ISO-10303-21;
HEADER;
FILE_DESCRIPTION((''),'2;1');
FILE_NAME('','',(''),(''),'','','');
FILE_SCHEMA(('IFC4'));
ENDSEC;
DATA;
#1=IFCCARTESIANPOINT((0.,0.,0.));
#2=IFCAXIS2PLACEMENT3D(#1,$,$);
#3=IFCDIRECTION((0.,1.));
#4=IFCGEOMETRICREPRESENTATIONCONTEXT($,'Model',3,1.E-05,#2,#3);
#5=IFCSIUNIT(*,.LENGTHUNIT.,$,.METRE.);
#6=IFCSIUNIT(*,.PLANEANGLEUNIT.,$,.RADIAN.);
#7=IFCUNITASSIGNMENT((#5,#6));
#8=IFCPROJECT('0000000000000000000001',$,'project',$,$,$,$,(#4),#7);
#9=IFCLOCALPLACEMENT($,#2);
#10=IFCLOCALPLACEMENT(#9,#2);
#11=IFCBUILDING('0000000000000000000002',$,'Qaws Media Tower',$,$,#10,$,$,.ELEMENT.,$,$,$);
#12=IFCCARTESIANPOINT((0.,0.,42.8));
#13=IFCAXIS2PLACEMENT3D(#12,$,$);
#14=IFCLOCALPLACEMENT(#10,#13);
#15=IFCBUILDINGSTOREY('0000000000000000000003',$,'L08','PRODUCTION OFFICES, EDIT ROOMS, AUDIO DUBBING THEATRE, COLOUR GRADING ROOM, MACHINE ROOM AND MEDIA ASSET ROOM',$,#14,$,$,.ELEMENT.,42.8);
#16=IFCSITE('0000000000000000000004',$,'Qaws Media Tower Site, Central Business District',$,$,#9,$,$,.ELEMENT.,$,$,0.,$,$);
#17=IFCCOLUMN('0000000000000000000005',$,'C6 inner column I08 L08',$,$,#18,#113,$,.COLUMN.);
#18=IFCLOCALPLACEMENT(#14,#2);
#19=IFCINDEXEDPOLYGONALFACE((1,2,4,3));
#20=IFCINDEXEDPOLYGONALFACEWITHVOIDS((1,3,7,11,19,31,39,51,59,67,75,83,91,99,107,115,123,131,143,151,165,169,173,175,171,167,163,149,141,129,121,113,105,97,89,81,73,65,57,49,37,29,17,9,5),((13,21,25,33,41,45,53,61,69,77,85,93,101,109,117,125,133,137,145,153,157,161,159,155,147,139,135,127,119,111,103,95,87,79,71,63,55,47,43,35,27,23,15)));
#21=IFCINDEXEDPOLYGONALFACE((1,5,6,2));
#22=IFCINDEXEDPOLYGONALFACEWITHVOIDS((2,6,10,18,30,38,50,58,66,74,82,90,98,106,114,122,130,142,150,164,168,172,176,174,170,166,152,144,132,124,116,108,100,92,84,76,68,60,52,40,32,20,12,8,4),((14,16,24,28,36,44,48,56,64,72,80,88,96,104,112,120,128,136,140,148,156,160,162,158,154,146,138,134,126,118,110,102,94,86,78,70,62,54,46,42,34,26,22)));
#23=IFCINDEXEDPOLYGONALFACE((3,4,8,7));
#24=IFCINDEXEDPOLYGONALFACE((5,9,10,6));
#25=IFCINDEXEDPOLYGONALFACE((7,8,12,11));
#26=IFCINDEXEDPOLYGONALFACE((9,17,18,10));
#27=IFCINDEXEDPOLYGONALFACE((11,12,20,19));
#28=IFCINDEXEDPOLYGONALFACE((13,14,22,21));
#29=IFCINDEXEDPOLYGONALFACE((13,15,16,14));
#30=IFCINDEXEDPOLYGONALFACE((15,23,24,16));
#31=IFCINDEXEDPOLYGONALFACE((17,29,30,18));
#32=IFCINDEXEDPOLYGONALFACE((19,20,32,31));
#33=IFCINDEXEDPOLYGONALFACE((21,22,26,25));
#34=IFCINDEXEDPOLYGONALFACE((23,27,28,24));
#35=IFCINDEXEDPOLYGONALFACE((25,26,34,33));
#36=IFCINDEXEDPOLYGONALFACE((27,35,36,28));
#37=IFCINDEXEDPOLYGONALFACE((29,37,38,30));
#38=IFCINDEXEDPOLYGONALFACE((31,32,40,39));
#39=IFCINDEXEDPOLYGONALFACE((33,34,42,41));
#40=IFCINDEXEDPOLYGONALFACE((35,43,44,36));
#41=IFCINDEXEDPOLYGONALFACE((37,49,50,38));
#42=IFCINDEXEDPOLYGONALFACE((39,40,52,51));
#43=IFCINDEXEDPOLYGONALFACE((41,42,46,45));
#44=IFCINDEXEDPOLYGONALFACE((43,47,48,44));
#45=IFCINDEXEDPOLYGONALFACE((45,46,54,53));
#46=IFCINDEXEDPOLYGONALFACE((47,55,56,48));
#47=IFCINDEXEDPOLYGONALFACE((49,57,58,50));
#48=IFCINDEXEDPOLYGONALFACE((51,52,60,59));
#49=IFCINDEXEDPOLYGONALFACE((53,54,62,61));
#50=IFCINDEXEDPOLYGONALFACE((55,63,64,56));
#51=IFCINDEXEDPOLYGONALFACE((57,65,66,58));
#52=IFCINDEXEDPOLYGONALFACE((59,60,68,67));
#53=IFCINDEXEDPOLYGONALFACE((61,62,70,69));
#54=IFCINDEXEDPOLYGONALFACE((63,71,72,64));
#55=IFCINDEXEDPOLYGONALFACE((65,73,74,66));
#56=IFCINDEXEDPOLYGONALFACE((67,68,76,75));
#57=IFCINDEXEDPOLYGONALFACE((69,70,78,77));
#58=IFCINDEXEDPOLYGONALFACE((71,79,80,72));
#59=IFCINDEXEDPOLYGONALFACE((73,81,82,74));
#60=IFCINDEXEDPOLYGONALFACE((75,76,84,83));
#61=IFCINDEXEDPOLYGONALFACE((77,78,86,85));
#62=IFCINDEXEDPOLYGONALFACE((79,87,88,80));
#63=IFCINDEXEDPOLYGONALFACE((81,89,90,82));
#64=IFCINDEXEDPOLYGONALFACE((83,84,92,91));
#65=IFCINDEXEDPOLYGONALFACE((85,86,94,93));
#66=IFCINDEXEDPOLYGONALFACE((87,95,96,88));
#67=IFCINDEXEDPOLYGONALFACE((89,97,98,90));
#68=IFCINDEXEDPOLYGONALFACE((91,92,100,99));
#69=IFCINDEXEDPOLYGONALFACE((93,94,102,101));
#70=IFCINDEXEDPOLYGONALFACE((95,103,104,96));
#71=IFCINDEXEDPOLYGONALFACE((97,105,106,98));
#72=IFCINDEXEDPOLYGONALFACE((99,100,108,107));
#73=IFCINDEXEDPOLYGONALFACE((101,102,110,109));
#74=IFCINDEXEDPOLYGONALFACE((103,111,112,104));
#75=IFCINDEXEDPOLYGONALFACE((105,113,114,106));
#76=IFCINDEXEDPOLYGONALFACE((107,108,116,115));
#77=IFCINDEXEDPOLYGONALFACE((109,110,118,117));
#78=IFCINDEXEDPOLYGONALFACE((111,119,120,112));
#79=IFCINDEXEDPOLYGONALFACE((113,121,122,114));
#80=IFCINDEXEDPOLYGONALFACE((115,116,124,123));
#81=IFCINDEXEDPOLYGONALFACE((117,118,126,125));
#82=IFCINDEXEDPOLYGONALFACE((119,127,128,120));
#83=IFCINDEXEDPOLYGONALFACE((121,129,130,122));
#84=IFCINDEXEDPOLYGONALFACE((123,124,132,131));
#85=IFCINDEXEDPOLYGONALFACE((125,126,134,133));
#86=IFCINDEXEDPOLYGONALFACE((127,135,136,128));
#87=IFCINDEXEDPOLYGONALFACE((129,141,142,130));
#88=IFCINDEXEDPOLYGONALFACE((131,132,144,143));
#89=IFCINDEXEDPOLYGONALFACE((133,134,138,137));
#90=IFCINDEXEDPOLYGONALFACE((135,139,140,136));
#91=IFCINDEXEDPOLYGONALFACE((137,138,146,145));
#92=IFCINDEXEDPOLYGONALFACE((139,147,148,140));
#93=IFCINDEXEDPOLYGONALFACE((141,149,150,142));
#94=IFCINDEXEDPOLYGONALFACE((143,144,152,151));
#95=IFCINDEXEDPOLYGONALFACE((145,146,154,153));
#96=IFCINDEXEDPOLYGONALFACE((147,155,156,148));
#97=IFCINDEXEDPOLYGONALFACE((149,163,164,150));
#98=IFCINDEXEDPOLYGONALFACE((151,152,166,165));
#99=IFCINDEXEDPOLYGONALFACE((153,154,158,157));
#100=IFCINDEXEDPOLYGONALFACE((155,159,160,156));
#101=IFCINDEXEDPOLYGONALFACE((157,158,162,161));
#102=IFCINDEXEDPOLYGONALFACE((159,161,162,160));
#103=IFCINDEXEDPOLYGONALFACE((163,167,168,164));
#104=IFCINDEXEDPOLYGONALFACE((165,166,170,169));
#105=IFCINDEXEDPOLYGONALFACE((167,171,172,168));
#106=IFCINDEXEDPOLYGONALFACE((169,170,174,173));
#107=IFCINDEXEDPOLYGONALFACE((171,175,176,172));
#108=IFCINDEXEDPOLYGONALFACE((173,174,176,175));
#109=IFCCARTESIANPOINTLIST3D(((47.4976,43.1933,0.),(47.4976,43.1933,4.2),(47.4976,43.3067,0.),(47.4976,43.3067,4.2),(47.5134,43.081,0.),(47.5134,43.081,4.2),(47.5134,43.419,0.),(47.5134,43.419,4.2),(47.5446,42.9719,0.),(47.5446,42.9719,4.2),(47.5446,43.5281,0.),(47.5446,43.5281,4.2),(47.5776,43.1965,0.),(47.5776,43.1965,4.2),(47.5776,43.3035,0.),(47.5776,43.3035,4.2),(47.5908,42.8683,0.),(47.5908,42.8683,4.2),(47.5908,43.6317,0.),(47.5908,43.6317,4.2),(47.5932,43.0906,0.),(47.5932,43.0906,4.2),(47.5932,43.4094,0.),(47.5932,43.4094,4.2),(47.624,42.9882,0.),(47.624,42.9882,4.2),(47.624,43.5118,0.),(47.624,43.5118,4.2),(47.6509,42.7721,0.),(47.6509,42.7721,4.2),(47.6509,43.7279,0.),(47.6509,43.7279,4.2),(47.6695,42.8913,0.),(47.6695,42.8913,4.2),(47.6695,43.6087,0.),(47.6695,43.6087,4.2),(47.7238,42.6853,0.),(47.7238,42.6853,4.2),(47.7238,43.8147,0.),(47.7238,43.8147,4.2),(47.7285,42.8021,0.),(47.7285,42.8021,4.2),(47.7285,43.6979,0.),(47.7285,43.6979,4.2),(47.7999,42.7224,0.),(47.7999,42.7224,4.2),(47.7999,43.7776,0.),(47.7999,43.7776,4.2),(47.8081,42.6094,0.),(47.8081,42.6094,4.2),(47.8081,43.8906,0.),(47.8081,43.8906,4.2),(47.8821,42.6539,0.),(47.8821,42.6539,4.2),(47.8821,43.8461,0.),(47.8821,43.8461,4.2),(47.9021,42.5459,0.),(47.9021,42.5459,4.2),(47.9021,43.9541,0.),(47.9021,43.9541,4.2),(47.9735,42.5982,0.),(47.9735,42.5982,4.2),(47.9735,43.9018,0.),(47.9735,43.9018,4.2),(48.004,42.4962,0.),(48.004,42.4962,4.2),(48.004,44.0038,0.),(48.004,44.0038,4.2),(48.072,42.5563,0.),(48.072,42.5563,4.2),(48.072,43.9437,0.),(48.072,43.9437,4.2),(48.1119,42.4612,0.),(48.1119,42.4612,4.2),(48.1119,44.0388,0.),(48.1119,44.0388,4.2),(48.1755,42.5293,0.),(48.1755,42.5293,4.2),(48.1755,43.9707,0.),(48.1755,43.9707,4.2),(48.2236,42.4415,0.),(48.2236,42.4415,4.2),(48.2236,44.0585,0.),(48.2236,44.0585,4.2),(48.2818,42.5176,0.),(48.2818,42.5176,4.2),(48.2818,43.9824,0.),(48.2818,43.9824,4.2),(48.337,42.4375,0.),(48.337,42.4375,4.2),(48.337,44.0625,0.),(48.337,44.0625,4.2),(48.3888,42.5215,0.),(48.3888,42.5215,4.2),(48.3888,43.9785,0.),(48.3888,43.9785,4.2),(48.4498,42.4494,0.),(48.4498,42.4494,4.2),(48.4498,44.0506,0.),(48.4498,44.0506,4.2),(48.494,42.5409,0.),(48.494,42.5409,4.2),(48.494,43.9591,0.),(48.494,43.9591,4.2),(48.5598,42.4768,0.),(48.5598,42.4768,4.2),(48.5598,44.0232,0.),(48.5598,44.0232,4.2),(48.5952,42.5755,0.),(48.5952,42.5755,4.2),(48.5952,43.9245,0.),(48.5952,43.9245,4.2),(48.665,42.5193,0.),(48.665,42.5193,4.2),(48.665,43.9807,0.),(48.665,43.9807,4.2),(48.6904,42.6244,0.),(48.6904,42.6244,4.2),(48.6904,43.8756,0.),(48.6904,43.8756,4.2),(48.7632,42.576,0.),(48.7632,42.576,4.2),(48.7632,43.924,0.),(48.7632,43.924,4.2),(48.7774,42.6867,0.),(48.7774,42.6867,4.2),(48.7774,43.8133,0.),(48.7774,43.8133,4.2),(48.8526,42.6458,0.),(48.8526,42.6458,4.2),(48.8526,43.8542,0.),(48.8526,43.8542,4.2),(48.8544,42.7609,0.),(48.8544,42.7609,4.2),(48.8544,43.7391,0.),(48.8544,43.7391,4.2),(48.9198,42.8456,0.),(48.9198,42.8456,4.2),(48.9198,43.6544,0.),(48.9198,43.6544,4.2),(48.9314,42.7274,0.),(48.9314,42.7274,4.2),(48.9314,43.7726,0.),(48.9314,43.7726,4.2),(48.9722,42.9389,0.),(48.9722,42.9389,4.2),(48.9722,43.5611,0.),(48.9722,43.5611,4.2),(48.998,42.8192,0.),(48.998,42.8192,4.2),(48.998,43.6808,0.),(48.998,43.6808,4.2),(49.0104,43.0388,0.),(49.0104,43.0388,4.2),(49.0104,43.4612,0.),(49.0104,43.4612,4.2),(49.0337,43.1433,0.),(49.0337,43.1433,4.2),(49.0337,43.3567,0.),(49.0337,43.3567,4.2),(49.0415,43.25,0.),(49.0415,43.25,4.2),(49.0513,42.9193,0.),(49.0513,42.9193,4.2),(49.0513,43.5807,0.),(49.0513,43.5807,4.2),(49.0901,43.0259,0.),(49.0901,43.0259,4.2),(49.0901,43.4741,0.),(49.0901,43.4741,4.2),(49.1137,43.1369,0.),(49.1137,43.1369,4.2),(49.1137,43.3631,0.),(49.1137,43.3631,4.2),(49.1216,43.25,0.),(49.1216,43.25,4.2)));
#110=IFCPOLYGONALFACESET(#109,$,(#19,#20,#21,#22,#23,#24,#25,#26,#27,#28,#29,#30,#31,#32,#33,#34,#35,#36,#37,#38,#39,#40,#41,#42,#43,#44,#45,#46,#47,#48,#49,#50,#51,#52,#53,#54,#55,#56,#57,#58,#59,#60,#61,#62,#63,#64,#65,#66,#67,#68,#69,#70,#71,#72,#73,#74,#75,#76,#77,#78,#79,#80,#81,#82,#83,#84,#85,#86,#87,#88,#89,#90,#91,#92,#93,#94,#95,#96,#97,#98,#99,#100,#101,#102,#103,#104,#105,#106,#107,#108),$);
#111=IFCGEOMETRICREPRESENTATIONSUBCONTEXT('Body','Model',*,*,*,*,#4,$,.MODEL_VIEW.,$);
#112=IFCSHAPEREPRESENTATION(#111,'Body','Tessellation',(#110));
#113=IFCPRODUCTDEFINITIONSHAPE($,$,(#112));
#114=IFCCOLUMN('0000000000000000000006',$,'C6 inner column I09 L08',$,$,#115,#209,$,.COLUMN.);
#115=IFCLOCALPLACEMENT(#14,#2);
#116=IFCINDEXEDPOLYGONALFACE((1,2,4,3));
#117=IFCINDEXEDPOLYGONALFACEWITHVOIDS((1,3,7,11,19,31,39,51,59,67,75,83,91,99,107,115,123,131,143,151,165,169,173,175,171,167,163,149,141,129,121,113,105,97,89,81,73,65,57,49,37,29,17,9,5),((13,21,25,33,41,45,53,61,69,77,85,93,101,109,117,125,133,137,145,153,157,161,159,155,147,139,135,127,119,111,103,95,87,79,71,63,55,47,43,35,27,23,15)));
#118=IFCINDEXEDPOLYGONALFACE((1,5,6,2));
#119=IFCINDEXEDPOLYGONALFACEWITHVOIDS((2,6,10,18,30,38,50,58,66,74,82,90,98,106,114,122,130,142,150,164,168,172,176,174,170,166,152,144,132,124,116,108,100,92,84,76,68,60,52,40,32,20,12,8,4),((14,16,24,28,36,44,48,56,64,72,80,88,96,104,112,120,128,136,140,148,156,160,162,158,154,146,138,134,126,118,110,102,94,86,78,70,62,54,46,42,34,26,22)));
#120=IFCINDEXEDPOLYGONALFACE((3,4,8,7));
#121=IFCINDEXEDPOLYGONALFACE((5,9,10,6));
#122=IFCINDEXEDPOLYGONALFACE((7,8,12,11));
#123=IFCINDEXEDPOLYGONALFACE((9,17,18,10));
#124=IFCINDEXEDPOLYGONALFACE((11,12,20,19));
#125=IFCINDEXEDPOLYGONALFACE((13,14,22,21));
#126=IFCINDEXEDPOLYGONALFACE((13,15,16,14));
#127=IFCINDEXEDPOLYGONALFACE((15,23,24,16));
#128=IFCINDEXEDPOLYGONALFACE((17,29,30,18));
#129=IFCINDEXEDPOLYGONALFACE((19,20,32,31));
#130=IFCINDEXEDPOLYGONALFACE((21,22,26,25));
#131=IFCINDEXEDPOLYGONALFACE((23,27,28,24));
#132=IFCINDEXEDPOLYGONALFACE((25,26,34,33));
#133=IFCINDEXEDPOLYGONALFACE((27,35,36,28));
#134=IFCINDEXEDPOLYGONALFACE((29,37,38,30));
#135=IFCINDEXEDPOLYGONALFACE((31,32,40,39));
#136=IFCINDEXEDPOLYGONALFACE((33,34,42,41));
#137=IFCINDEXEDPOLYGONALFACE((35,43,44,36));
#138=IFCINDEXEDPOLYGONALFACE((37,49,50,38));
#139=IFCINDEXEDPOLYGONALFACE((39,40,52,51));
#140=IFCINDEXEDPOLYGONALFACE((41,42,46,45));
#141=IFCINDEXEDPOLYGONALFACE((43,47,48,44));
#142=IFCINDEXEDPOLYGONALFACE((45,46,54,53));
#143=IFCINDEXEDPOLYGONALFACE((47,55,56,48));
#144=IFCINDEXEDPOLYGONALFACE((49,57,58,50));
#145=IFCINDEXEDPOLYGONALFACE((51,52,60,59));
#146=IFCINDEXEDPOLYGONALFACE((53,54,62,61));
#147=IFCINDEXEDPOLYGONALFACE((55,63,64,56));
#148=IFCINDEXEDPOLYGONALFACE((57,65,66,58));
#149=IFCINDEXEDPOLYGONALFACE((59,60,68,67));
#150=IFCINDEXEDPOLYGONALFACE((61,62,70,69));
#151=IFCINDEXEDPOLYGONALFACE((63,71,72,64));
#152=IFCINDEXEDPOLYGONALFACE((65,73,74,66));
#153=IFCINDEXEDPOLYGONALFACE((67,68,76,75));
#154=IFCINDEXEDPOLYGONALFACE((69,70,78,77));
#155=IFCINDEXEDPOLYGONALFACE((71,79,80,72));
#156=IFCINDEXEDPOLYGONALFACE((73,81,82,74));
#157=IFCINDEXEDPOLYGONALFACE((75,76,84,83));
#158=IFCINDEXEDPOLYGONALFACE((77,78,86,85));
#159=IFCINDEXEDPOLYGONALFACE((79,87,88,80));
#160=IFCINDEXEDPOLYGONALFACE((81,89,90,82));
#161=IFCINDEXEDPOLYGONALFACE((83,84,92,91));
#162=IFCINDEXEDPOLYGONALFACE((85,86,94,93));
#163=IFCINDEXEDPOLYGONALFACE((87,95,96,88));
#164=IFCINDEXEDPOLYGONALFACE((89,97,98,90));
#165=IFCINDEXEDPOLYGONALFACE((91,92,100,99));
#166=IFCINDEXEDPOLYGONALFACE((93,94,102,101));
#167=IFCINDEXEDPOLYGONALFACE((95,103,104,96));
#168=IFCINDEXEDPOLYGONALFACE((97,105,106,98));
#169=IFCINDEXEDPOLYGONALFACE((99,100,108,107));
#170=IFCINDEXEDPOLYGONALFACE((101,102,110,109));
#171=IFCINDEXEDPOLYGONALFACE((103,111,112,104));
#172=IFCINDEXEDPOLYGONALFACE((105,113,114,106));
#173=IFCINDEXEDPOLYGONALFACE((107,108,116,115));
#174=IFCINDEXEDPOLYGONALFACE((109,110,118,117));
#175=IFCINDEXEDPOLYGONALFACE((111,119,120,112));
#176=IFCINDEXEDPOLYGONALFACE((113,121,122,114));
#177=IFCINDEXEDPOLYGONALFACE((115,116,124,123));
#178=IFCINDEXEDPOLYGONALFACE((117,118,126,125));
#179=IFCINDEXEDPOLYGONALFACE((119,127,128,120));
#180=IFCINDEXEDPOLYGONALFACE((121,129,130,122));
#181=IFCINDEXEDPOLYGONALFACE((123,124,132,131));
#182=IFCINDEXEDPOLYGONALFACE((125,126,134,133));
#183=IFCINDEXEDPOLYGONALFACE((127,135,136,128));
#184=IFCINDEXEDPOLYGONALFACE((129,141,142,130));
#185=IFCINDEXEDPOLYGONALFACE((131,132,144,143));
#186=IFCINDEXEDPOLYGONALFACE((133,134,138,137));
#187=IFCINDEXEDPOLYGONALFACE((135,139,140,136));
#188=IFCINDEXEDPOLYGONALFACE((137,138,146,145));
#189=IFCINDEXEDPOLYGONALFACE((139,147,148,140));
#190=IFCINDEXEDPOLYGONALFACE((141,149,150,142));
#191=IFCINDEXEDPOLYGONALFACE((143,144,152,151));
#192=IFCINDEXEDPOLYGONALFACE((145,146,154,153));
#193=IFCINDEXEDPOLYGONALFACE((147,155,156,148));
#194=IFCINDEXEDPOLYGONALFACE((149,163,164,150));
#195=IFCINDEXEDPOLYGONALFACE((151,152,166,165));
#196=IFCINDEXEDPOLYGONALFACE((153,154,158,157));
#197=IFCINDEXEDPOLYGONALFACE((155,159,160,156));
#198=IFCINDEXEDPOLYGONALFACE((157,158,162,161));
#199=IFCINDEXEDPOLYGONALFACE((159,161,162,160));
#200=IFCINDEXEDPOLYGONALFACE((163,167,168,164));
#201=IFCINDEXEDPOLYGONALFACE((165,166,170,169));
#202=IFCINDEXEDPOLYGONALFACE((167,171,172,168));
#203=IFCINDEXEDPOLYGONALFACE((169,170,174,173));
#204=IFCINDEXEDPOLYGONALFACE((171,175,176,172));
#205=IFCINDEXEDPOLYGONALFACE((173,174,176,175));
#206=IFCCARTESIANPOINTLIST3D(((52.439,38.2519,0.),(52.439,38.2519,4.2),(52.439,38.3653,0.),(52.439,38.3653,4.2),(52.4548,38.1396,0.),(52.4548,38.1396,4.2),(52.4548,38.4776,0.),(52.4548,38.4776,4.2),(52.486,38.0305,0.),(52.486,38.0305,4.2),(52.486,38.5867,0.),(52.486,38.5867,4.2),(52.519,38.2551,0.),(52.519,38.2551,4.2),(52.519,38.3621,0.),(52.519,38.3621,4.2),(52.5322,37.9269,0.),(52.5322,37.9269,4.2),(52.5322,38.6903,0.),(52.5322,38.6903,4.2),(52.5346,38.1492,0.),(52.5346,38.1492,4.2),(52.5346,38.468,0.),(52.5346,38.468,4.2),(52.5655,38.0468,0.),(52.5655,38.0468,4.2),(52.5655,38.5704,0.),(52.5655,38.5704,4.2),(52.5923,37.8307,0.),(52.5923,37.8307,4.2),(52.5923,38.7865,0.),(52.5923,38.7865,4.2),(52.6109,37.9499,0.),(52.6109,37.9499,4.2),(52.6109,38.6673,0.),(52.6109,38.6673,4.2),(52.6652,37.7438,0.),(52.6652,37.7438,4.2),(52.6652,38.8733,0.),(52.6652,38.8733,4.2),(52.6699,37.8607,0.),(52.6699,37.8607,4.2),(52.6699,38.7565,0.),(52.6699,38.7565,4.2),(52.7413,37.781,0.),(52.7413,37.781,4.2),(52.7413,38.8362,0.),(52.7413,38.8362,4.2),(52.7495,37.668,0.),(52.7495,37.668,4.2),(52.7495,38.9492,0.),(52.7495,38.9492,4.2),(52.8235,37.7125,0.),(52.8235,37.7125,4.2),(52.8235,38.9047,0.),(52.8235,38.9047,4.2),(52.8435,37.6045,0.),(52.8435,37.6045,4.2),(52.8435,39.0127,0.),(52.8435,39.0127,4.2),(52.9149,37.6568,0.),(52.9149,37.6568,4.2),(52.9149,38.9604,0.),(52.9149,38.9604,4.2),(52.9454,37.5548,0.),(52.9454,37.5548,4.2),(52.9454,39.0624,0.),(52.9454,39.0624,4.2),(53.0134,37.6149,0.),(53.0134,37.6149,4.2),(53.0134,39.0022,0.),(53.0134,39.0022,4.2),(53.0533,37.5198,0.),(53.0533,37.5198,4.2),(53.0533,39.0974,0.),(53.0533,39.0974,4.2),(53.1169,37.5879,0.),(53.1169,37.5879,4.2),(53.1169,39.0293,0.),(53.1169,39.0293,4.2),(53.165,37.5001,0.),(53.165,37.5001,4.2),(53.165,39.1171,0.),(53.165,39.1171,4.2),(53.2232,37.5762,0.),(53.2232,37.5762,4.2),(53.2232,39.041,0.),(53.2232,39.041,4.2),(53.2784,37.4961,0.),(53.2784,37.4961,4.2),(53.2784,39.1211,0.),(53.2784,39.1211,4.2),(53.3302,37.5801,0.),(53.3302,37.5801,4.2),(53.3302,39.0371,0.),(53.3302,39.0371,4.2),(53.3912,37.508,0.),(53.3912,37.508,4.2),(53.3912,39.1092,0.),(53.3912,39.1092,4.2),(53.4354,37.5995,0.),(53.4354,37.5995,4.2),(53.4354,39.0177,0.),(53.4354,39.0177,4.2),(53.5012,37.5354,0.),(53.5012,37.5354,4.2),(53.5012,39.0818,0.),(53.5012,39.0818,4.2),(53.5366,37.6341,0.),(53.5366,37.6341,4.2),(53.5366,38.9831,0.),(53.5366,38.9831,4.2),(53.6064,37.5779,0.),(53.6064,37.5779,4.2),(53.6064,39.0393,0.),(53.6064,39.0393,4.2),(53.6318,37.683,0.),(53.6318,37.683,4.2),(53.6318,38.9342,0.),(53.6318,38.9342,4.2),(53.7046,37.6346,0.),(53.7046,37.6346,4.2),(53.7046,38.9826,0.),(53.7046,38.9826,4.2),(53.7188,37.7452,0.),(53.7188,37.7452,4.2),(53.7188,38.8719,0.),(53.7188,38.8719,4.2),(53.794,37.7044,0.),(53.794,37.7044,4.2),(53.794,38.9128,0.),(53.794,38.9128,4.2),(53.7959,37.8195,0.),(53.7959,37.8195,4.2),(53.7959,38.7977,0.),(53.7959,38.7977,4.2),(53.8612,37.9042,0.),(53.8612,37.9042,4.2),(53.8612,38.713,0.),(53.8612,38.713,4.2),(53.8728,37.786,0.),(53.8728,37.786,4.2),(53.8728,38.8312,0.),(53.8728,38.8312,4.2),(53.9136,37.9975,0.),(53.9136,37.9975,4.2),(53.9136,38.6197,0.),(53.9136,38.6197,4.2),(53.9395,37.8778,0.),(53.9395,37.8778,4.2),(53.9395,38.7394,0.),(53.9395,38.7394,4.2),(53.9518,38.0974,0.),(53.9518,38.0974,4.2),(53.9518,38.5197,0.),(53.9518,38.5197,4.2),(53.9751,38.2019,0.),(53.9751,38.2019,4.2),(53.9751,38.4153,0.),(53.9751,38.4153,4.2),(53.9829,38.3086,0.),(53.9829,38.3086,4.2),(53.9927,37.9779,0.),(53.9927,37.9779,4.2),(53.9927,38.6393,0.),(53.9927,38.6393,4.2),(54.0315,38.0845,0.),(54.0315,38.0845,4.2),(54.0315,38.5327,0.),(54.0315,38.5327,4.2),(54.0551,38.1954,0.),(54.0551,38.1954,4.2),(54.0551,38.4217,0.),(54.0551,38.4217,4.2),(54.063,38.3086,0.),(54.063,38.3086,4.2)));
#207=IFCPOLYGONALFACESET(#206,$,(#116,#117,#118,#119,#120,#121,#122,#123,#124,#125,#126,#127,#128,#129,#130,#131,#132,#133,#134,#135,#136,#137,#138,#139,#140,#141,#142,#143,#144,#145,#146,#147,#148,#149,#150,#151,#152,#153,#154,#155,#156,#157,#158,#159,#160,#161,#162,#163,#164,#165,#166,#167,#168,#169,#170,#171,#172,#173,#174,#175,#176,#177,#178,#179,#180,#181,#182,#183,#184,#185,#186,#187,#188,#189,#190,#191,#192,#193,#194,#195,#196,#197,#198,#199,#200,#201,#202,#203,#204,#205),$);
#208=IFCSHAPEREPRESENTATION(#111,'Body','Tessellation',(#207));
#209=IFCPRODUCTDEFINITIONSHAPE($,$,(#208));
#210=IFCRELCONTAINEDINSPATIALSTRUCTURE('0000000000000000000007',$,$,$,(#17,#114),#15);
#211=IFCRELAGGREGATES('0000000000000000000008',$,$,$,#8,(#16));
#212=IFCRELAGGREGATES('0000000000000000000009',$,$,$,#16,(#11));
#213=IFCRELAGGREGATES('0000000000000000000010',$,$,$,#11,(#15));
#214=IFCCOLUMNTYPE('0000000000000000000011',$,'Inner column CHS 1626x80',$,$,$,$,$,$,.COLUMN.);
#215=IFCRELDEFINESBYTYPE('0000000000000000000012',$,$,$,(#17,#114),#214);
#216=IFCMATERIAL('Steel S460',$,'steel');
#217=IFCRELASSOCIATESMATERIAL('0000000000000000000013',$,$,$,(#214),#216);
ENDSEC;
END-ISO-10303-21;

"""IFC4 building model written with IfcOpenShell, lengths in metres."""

from ifc_helpers import new_model, si_unit, direction, frame, origin, origin_2d, place, context, subcontext, project, spatial, hollow_circle, extrude, material, material_profile, profile_set, type_object, element, save


model = new_model("IFC4")

# Units and contexts
model_context = context("Model", 3, precision=1e-05, world=origin(), true_north=direction((0.0, 1.0)))
body_context = subcontext(model_context, "Body", "Model", "MODEL_VIEW")
ifc_project = project(units=[si_unit("LENGTHUNIT", "METRE"), si_unit("PLANEANGLEUNIT", "RADIAN")], contexts=[model_context])

# Site, building, storey
site_placement = place(None, origin())
site = spatial("IfcSite", under=ifc_project, at=site_placement, Name="Qaws Media Tower Site, Central Business District", CompositionType="ELEMENT", RefElevation=0.0)
building_placement = place(site_placement, origin())
building = spatial("IfcBuilding", under=site, at=building_placement, Name="Qaws Media Tower", CompositionType="ELEMENT")
storey_placement = place(building_placement, frame((0.0, 0.0, 42.8)))
storey = spatial("IfcBuildingStorey", under=building, at=storey_placement, Name="L08", Description="PRODUCTION OFFICES, EDIT ROOMS, AUDIO DUBBING THEATRE, COLOUR GRADING ROOM, MACHINE ROOM AND MEDIA ASSET ROOM", CompositionType="ELEMENT", Elevation=42.8)

# Columns
ifc_material_1 = material(Name="Steel S460", Category="steel")
ifc_material_profile_1 = material_profile(ifc_material_1, hollow_circle(Radius=0.813, WallThickness=0.0801, at=origin_2d()), Name="CHS 1626x80")
ifc_profile_set_1 = profile_set([ifc_material_profile_1], Name="Steel S460")
column_type = type_object("IfcColumnType", Name="Inner column CHS 1626x80", PredefinedType="COLUMN", material=ifc_profile_set_1)
for number, where, z_axis, x_axis, name in (
    (1, (48.3086, 43.25, 0.0), (0.0, 0.0, 1.0), (1.0, 0.0, 0.0), "C6 inner column I08 L08"),
    (2, (53.25, 38.3086, 0.0), (0.0, 0.0, 1.0), (1.0, 0.0, 0.0), "C6 inner column I09 L08"),
):
    element("IfcColumn", number, at=place(storey_placement, frame(where, z_axis=z_axis, x_axis=x_axis)), inside=storey, type_object=column_type, Name=name, PredefinedType="COLUMN", context=body_context, shape_type="SweptSolid", body=[
        extrude(hollow_circle(Radius=0.813, WallThickness=0.0801, at=origin_2d()), origin(), (0.0, 0.0, 1.0), 4.2),
    ])

save(model, "model.ifc")
